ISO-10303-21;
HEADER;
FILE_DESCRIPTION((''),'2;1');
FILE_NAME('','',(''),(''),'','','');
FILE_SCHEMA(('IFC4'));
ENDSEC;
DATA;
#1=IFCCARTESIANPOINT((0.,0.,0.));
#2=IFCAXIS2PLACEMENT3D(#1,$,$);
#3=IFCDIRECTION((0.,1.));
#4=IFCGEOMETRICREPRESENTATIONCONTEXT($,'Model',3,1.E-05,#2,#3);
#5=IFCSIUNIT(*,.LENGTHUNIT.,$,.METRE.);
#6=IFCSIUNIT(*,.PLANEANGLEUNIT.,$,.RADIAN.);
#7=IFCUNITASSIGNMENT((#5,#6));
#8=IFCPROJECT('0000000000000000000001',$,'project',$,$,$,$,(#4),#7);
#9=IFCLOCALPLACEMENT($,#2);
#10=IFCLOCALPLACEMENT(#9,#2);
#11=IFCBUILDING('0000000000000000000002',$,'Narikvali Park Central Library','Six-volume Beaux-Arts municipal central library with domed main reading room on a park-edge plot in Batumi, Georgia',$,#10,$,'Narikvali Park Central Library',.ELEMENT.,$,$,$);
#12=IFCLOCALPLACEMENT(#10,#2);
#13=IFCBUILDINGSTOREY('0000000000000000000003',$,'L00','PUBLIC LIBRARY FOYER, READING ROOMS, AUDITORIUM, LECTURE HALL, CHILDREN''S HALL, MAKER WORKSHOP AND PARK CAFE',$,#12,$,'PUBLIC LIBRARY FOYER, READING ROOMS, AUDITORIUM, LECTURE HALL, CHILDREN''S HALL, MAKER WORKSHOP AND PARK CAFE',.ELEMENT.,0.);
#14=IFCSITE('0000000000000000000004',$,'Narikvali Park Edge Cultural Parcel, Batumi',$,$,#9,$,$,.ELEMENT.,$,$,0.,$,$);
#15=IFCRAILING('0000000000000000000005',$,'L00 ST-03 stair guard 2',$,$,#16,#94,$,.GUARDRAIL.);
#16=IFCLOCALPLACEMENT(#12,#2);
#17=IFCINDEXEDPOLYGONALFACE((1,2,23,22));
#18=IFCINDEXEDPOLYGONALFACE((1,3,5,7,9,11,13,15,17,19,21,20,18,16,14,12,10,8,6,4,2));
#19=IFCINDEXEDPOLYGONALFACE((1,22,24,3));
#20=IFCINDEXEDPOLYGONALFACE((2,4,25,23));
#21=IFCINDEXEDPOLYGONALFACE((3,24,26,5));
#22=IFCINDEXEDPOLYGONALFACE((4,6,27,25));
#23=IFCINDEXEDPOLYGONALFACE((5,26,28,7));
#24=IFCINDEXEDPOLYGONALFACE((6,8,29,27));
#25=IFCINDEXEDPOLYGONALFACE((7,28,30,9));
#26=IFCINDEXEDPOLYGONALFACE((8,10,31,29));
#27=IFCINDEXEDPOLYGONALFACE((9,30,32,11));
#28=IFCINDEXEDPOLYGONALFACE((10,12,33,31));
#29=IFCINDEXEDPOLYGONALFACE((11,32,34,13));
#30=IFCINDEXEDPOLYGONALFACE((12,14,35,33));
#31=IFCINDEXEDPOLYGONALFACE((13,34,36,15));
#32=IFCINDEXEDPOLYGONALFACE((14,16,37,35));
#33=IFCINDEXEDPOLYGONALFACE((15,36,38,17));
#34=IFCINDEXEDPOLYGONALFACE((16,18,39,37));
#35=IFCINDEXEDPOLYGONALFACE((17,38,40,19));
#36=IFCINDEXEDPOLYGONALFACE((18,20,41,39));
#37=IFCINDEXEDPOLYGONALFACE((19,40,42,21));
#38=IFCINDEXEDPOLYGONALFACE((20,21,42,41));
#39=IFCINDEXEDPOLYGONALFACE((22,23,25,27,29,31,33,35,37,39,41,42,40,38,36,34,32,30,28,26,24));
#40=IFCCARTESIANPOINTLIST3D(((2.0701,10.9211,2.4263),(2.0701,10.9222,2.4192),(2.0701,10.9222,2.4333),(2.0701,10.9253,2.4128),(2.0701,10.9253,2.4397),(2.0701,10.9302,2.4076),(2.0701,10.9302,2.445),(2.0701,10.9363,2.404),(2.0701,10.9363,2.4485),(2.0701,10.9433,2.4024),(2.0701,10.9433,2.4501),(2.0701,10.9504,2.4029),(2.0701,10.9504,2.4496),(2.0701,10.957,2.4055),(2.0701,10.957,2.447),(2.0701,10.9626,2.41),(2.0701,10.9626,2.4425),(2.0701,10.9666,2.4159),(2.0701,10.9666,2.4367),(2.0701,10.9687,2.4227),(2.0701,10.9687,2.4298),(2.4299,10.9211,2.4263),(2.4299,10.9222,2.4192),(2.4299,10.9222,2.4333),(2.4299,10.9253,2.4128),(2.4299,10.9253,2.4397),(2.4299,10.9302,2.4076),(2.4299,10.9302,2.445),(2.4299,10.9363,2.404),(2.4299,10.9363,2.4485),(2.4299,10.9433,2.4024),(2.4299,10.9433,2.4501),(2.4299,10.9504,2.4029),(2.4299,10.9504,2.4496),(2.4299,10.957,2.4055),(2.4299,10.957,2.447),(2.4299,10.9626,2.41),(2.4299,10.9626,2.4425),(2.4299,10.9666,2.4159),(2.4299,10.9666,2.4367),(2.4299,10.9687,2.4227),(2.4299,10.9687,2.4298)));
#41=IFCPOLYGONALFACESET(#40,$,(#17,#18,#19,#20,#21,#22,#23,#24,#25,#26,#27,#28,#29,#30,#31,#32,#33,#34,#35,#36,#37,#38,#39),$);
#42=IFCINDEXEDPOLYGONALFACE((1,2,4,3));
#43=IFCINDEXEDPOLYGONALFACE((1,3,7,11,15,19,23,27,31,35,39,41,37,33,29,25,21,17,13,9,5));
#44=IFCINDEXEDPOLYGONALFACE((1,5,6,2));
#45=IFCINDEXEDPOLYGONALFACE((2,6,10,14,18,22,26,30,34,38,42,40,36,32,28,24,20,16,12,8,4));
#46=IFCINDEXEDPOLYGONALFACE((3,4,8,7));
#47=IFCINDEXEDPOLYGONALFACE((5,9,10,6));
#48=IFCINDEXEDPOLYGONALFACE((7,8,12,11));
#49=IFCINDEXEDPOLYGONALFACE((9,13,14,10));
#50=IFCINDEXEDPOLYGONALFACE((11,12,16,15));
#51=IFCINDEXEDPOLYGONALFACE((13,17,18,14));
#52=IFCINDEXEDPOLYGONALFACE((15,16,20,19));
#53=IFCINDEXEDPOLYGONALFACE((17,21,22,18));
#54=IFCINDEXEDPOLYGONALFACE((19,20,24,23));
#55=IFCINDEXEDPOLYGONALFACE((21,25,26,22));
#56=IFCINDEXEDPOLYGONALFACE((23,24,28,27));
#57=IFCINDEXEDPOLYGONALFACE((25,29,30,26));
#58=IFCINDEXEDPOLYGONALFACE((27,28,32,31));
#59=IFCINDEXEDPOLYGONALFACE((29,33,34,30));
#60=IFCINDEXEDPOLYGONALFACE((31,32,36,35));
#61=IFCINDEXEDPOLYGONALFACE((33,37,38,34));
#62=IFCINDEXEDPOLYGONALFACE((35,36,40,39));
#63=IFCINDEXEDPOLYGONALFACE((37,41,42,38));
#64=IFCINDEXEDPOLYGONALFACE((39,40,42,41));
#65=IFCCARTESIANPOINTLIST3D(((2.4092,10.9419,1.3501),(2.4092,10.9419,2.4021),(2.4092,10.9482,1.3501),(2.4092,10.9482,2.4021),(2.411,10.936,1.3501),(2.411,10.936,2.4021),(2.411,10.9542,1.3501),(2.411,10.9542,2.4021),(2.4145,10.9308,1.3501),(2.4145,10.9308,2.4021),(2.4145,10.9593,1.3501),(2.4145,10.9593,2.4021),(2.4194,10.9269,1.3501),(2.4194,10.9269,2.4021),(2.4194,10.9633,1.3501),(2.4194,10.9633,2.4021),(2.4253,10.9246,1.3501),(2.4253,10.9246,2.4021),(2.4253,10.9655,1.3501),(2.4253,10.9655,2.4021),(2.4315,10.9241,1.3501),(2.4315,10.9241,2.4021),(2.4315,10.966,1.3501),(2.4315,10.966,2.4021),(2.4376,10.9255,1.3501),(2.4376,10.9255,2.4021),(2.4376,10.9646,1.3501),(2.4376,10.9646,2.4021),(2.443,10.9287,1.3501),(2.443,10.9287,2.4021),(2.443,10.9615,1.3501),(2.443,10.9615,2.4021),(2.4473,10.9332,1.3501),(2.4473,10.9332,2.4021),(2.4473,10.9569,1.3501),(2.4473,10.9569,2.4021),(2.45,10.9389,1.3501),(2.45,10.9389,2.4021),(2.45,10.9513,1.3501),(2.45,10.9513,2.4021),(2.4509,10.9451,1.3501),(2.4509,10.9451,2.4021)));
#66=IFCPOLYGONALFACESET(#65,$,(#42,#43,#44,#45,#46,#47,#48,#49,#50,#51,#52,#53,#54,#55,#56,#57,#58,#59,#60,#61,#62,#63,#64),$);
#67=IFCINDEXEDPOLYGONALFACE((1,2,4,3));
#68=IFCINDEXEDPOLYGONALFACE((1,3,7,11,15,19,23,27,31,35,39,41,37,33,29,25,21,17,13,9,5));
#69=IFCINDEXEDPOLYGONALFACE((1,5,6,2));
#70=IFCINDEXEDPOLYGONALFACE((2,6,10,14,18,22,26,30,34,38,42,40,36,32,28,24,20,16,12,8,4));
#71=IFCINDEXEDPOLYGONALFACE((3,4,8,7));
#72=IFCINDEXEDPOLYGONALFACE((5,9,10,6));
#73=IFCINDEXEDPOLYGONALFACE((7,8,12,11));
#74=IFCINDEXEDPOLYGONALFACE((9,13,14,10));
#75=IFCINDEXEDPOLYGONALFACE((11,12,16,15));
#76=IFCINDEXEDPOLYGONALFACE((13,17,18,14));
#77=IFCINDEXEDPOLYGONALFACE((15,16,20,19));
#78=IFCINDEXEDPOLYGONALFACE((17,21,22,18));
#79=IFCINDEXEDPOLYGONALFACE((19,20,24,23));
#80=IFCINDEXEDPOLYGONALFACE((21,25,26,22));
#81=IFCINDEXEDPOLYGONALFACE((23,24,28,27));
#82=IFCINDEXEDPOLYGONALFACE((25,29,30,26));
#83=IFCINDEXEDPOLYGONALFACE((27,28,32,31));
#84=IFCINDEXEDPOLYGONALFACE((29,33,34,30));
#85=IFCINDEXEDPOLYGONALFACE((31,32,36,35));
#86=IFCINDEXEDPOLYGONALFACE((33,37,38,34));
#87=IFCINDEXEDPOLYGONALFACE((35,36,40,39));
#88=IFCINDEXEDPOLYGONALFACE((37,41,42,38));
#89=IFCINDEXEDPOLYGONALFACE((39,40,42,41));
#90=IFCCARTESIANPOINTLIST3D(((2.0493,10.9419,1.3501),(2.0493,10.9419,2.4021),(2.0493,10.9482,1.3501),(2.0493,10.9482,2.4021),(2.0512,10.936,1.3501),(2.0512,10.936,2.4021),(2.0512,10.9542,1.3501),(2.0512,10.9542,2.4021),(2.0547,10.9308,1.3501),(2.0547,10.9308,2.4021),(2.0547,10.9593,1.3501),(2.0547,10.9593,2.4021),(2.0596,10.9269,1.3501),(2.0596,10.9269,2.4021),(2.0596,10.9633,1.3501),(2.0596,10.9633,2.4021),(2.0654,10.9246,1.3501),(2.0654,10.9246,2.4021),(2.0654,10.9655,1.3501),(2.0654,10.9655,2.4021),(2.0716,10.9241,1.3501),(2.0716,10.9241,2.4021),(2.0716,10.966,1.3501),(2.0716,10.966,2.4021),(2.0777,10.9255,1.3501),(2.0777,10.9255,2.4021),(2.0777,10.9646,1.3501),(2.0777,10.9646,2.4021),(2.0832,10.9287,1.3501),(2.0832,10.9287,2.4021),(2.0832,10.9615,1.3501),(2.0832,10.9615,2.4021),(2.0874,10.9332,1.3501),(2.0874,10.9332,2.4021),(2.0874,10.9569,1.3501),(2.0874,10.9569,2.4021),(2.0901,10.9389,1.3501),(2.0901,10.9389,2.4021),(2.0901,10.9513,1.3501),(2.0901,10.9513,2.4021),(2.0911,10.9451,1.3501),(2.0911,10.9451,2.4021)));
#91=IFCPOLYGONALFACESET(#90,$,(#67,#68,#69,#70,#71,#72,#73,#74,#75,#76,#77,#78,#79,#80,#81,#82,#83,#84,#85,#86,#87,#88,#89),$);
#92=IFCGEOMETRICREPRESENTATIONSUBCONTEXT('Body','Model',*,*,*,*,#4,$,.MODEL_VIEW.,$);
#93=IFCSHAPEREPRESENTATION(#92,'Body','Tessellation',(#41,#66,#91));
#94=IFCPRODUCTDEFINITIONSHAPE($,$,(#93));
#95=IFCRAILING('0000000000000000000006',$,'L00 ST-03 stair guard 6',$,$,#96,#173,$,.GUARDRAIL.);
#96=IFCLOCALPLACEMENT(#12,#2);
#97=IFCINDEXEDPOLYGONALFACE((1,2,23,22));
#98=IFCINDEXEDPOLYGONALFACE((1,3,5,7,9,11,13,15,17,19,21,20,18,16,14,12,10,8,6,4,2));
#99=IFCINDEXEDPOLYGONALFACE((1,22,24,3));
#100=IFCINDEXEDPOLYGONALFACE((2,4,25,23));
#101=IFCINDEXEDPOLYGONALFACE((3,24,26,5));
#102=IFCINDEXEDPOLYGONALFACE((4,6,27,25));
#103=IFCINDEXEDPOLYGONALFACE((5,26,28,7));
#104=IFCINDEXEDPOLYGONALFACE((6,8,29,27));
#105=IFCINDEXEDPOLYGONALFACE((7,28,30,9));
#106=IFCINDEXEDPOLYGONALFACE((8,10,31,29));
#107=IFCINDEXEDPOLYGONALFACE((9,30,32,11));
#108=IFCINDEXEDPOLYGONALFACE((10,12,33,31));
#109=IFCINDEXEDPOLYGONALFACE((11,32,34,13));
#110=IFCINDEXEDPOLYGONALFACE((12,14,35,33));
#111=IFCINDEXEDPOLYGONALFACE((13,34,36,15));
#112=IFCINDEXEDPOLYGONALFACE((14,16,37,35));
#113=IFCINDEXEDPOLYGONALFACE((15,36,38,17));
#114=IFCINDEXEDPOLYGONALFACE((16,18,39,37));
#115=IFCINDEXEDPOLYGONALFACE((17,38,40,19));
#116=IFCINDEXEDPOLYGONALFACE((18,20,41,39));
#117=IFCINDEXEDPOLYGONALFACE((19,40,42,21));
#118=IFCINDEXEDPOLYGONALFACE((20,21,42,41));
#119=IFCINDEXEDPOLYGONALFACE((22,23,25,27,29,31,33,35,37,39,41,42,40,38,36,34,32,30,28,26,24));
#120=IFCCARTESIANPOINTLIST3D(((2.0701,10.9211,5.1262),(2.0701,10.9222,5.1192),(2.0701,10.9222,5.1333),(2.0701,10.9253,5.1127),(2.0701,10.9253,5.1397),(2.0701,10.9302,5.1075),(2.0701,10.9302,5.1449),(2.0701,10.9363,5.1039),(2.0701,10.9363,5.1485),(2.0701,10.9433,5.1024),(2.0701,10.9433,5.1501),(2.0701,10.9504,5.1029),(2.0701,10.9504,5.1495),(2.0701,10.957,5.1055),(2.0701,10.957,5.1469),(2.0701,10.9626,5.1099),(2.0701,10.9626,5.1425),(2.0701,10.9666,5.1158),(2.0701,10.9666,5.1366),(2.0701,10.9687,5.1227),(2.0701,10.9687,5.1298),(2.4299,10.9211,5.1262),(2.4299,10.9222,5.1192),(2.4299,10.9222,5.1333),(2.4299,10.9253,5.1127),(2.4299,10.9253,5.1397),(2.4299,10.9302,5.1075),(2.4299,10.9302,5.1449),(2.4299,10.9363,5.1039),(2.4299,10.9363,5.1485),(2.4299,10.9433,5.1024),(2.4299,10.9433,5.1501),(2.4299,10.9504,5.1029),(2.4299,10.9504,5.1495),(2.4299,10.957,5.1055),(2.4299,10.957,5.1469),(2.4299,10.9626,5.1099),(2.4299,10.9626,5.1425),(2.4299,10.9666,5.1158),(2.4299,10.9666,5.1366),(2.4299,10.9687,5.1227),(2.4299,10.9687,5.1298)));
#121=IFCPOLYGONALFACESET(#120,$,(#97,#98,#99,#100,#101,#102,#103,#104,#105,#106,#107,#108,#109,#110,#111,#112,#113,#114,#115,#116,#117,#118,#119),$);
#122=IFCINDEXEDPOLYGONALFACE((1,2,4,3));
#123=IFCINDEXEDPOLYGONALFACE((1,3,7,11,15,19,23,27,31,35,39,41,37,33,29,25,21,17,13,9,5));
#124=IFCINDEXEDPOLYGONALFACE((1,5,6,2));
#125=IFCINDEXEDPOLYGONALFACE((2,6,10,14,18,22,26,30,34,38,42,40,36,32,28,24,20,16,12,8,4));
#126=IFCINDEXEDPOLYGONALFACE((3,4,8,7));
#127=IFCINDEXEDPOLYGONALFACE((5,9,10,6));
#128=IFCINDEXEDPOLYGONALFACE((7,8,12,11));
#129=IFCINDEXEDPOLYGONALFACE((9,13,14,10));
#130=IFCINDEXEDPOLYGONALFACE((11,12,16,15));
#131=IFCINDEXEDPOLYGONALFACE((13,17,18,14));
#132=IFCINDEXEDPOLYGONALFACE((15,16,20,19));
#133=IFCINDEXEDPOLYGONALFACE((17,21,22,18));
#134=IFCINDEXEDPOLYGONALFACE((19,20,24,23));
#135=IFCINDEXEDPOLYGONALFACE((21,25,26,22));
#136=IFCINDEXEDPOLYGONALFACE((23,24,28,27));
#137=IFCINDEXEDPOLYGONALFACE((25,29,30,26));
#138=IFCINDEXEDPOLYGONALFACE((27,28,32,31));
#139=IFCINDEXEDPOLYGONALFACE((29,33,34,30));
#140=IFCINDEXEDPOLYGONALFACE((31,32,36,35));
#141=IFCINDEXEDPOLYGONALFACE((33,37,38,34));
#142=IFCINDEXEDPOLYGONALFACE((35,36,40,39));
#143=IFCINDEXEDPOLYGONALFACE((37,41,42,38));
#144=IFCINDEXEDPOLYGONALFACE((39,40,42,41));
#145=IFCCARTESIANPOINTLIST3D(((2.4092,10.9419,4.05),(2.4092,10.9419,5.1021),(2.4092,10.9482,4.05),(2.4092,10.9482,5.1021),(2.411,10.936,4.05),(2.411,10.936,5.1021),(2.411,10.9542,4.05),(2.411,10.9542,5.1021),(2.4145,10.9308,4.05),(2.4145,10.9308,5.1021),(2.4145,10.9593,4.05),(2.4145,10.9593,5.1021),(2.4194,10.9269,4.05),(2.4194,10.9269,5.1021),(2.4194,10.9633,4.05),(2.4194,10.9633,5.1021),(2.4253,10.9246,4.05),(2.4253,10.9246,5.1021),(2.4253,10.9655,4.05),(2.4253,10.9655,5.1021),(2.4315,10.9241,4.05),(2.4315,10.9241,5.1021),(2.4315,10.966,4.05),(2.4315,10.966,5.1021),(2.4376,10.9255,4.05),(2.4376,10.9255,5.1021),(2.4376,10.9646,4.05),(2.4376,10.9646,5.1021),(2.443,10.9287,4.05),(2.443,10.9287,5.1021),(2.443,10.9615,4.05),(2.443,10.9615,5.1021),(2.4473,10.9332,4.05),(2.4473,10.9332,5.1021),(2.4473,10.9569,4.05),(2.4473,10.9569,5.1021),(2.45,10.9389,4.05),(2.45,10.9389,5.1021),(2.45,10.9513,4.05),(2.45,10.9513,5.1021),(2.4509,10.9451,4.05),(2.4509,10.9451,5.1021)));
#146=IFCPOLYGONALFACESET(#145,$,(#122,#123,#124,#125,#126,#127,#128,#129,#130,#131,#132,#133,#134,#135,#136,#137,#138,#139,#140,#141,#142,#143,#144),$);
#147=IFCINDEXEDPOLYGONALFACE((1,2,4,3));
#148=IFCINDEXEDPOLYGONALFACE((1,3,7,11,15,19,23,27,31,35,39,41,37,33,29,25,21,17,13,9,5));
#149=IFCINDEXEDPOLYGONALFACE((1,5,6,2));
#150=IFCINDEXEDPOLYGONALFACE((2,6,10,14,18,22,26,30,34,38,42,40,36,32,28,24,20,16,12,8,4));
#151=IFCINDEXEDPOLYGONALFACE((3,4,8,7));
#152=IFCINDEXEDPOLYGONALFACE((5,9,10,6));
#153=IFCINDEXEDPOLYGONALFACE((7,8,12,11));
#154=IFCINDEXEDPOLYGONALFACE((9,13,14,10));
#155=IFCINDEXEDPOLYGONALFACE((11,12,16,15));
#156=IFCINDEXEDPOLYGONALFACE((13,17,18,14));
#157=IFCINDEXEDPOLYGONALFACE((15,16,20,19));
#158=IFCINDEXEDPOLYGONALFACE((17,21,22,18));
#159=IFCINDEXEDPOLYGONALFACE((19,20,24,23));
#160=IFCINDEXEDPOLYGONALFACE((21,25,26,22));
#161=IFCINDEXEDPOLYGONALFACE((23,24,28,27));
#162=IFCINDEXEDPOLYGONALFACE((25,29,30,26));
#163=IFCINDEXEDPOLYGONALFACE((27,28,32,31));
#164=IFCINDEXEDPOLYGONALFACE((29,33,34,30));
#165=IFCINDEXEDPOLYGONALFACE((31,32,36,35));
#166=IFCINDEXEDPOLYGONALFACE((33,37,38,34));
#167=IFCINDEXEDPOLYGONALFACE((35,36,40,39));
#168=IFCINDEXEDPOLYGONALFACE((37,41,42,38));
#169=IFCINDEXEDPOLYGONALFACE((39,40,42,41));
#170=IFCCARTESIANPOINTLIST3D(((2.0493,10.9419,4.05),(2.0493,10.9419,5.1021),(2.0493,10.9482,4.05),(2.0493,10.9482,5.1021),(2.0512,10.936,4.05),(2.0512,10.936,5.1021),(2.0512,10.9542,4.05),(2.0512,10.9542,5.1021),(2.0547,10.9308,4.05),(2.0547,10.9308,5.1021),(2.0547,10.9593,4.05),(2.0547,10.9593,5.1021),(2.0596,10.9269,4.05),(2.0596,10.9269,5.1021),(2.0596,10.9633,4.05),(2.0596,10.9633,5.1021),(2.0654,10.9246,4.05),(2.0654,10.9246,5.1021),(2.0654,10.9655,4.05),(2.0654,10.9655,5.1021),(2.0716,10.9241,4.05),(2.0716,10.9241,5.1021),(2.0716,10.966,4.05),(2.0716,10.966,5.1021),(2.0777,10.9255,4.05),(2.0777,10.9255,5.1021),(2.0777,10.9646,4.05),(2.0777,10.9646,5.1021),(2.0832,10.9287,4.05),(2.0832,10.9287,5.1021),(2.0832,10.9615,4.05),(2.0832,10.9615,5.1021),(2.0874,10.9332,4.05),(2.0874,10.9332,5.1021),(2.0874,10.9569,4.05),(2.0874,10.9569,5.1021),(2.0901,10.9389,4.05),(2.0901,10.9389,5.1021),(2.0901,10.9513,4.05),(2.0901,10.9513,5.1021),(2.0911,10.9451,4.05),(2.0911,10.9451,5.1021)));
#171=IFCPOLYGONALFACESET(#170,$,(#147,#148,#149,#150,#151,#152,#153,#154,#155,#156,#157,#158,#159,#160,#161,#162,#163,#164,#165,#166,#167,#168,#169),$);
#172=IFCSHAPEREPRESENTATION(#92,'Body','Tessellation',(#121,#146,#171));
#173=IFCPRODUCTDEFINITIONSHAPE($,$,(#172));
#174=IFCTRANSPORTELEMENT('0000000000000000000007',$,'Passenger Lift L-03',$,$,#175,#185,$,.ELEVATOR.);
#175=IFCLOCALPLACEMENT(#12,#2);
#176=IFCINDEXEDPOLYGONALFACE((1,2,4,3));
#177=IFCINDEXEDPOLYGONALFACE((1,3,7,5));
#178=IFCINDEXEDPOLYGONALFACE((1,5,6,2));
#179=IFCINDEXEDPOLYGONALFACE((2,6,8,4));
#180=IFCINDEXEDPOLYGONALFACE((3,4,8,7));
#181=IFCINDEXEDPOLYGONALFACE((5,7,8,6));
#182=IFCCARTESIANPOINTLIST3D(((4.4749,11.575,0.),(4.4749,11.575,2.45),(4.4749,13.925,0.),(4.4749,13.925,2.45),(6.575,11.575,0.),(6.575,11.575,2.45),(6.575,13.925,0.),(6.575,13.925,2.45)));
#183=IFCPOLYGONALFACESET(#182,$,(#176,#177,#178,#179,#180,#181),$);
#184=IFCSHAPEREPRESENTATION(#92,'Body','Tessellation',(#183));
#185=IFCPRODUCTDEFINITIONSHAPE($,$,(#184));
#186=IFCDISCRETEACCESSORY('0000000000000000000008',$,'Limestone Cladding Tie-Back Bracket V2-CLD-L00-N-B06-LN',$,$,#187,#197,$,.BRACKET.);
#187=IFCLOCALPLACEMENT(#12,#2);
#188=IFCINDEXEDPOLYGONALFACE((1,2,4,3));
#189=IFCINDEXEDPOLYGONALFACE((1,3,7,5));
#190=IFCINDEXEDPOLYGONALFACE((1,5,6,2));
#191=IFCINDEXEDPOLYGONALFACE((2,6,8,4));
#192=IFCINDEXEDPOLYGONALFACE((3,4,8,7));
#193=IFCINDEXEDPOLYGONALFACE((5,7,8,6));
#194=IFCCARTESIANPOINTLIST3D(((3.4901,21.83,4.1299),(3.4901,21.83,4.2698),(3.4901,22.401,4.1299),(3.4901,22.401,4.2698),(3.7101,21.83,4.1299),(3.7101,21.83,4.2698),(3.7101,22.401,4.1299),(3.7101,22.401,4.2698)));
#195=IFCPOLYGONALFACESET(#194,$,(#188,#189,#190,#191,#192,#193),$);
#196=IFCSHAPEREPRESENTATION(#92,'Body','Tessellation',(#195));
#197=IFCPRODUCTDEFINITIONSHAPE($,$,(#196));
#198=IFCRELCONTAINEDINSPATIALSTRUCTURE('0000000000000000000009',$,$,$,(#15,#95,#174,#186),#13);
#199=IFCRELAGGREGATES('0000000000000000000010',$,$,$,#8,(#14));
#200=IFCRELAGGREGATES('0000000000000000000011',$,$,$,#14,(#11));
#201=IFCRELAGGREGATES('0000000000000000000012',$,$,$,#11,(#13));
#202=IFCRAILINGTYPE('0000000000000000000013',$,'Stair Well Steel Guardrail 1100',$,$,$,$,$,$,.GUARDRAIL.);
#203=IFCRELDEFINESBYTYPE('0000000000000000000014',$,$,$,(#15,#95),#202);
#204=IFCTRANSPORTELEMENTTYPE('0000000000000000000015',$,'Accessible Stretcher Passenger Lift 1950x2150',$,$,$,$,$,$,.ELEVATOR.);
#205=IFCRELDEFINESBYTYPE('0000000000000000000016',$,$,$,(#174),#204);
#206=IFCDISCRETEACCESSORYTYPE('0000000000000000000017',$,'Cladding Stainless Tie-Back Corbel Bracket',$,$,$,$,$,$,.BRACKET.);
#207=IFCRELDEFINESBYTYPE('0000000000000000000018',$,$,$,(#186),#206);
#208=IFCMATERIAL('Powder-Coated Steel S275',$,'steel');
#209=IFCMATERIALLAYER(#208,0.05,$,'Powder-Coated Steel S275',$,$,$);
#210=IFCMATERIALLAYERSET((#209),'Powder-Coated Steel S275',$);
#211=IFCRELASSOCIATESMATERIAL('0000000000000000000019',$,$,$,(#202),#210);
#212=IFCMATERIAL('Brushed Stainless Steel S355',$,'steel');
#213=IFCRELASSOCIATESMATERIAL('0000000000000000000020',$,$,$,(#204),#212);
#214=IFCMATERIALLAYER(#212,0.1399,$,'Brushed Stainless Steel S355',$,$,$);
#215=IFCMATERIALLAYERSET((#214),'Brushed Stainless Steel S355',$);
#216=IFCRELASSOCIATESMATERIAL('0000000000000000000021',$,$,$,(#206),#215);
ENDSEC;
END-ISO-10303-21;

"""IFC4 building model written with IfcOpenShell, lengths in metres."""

from ifc_helpers import new_model, si_unit, direction, frame, origin, origin_2d, place, context, subcontext, project, spatial, rectangle, circle, extrude, material, layer, layer_set, type_object, element, save


model = new_model("IFC4")

# Units and contexts
model_context = context("Model", 3, precision=1e-05, world=origin(), true_north=direction((0.0, 1.0)))
body_context = subcontext(model_context, "Body", "Model", "MODEL_VIEW")
ifc_project = project(units=[si_unit("LENGTHUNIT", "METRE"), si_unit("PLANEANGLEUNIT", "RADIAN")], contexts=[model_context])

# Site, building, storey
site_placement = place(None, origin())
site = spatial("IfcSite", under=ifc_project, at=site_placement, Name="Narikvali Park Edge Cultural Parcel, Batumi", CompositionType="ELEMENT", RefElevation=0.0)
building_placement = place(site_placement, origin())
building = spatial("IfcBuilding", under=site, at=building_placement, Name="Narikvali Park Central Library", Description="Six-volume Beaux-Arts municipal central library with domed main reading room on a park-edge plot in Batumi, Georgia", LongName="Narikvali Park Central Library", CompositionType="ELEMENT")
storey_placement = place(building_placement, origin())
storey = spatial("IfcBuildingStorey", under=building, at=storey_placement, Name="L00", Description="PUBLIC LIBRARY FOYER, READING ROOMS, AUDITORIUM, LECTURE HALL, CHILDREN'S HALL, MAKER WORKSHOP AND PARK CAFE", LongName="PUBLIC LIBRARY FOYER, READING ROOMS, AUDITORIUM, LECTURE HALL, CHILDREN'S HALL, MAKER WORKSHOP AND PARK CAFE", CompositionType="ELEMENT", Elevation=0.0)

# Shared definitions
ifc_material_1 = material(Name="Brushed Stainless Steel S355", Category="steel")

# Railings
ifc_material_2 = material(Name="Powder-Coated Steel S275", Category="steel")
ifc_layer_1 = layer(ifc_material_2, 0.05, Name="Powder-Coated Steel S275")
ifc_layer_set_1 = layer_set([ifc_layer_1], Name="Powder-Coated Steel S275")
railing_type = type_object("IfcRailingType", Name="Stair Well Steel Guardrail 1100", PredefinedType="GUARDRAIL", material=ifc_layer_set_1)
for number, where, name in (
    (1, (2.4299, 10.9451, 1.3501), "L00 ST-03 stair guard 2"),
    (2, (2.4299, 10.9451, 4.05), "L00 ST-03 stair guard 6"),
):
    element("IfcRailing", number, at=place(storey_placement, frame(where)), inside=storey, type_object=railing_type, Name=name, PredefinedType="GUARDRAIL", context=body_context, shape_type="SweptSolid", body=[
        extrude(circle(Radius=0.0239, at=origin_2d()), frame((0.0, 0.0, 1.0762), z_axis=(-1.0, 0.0, 0.0), x_axis=(0.0, -1.0, 0.0)), (0.0, 0.0, 1.0), 0.3599),
        extrude(circle(Radius=0.021, at=origin_2d()), origin(), (0.0, 0.0, 1.0), 1.052),
        extrude(circle(Radius=0.021, at=origin_2d()), frame((-0.3599, 0.0, 0.0)), (0.0, 0.0, 1.0), 1.052),
    ])

# Transport element
transport_element_type = type_object("IfcTransportElementType", Name="Accessible Stretcher Passenger Lift 1950x2150", PredefinedType="ELEVATOR", material=ifc_material_1)
transport_element_placement = place(storey_placement, frame((5.5249, 12.75, 0.0), z_axis=(0.0, 0.0, 1.0), x_axis=(1.0, 0.0, 0.0)))
element("IfcTransportElement", 3, at=transport_element_placement, inside=storey, type_object=transport_element_type, Name="Passenger Lift L-03", PredefinedType="ELEVATOR", context=body_context, shape_type="SweptSolid", body=[
    extrude(rectangle(XDim=2.1001, YDim=2.3501, at=origin_2d()), origin(), (0.0, 0.0, 1.0), 2.45),
])

# Discrete accessory
ifc_layer_2 = layer(ifc_material_1, 0.1399, Name="Brushed Stainless Steel S355")
ifc_layer_set_2 = layer_set([ifc_layer_2], Name="Brushed Stainless Steel S355")
discrete_accessory_type = type_object("IfcDiscreteAccessoryType", Name="Cladding Stainless Tie-Back Corbel Bracket", PredefinedType="BRACKET", material=ifc_layer_set_2)
discrete_accessory_placement = place(storey_placement, frame((3.6001, 22.1155, 4.1299), z_axis=(0.0, 0.0, 1.0), x_axis=(1.0, 0.0, 0.0)))
element("IfcDiscreteAccessory", 4, at=discrete_accessory_placement, inside=storey, type_object=discrete_accessory_type, Name="Limestone Cladding Tie-Back Bracket V2-CLD-L00-N-B06-LN", PredefinedType="BRACKET", context=body_context, shape_type="SweptSolid", body=[
    extrude(rectangle(XDim=0.22, YDim=0.571, at=origin_2d()), origin(), (0.0, 0.0, 1.0), 0.1399),
])

save(model, "model.ifc")
